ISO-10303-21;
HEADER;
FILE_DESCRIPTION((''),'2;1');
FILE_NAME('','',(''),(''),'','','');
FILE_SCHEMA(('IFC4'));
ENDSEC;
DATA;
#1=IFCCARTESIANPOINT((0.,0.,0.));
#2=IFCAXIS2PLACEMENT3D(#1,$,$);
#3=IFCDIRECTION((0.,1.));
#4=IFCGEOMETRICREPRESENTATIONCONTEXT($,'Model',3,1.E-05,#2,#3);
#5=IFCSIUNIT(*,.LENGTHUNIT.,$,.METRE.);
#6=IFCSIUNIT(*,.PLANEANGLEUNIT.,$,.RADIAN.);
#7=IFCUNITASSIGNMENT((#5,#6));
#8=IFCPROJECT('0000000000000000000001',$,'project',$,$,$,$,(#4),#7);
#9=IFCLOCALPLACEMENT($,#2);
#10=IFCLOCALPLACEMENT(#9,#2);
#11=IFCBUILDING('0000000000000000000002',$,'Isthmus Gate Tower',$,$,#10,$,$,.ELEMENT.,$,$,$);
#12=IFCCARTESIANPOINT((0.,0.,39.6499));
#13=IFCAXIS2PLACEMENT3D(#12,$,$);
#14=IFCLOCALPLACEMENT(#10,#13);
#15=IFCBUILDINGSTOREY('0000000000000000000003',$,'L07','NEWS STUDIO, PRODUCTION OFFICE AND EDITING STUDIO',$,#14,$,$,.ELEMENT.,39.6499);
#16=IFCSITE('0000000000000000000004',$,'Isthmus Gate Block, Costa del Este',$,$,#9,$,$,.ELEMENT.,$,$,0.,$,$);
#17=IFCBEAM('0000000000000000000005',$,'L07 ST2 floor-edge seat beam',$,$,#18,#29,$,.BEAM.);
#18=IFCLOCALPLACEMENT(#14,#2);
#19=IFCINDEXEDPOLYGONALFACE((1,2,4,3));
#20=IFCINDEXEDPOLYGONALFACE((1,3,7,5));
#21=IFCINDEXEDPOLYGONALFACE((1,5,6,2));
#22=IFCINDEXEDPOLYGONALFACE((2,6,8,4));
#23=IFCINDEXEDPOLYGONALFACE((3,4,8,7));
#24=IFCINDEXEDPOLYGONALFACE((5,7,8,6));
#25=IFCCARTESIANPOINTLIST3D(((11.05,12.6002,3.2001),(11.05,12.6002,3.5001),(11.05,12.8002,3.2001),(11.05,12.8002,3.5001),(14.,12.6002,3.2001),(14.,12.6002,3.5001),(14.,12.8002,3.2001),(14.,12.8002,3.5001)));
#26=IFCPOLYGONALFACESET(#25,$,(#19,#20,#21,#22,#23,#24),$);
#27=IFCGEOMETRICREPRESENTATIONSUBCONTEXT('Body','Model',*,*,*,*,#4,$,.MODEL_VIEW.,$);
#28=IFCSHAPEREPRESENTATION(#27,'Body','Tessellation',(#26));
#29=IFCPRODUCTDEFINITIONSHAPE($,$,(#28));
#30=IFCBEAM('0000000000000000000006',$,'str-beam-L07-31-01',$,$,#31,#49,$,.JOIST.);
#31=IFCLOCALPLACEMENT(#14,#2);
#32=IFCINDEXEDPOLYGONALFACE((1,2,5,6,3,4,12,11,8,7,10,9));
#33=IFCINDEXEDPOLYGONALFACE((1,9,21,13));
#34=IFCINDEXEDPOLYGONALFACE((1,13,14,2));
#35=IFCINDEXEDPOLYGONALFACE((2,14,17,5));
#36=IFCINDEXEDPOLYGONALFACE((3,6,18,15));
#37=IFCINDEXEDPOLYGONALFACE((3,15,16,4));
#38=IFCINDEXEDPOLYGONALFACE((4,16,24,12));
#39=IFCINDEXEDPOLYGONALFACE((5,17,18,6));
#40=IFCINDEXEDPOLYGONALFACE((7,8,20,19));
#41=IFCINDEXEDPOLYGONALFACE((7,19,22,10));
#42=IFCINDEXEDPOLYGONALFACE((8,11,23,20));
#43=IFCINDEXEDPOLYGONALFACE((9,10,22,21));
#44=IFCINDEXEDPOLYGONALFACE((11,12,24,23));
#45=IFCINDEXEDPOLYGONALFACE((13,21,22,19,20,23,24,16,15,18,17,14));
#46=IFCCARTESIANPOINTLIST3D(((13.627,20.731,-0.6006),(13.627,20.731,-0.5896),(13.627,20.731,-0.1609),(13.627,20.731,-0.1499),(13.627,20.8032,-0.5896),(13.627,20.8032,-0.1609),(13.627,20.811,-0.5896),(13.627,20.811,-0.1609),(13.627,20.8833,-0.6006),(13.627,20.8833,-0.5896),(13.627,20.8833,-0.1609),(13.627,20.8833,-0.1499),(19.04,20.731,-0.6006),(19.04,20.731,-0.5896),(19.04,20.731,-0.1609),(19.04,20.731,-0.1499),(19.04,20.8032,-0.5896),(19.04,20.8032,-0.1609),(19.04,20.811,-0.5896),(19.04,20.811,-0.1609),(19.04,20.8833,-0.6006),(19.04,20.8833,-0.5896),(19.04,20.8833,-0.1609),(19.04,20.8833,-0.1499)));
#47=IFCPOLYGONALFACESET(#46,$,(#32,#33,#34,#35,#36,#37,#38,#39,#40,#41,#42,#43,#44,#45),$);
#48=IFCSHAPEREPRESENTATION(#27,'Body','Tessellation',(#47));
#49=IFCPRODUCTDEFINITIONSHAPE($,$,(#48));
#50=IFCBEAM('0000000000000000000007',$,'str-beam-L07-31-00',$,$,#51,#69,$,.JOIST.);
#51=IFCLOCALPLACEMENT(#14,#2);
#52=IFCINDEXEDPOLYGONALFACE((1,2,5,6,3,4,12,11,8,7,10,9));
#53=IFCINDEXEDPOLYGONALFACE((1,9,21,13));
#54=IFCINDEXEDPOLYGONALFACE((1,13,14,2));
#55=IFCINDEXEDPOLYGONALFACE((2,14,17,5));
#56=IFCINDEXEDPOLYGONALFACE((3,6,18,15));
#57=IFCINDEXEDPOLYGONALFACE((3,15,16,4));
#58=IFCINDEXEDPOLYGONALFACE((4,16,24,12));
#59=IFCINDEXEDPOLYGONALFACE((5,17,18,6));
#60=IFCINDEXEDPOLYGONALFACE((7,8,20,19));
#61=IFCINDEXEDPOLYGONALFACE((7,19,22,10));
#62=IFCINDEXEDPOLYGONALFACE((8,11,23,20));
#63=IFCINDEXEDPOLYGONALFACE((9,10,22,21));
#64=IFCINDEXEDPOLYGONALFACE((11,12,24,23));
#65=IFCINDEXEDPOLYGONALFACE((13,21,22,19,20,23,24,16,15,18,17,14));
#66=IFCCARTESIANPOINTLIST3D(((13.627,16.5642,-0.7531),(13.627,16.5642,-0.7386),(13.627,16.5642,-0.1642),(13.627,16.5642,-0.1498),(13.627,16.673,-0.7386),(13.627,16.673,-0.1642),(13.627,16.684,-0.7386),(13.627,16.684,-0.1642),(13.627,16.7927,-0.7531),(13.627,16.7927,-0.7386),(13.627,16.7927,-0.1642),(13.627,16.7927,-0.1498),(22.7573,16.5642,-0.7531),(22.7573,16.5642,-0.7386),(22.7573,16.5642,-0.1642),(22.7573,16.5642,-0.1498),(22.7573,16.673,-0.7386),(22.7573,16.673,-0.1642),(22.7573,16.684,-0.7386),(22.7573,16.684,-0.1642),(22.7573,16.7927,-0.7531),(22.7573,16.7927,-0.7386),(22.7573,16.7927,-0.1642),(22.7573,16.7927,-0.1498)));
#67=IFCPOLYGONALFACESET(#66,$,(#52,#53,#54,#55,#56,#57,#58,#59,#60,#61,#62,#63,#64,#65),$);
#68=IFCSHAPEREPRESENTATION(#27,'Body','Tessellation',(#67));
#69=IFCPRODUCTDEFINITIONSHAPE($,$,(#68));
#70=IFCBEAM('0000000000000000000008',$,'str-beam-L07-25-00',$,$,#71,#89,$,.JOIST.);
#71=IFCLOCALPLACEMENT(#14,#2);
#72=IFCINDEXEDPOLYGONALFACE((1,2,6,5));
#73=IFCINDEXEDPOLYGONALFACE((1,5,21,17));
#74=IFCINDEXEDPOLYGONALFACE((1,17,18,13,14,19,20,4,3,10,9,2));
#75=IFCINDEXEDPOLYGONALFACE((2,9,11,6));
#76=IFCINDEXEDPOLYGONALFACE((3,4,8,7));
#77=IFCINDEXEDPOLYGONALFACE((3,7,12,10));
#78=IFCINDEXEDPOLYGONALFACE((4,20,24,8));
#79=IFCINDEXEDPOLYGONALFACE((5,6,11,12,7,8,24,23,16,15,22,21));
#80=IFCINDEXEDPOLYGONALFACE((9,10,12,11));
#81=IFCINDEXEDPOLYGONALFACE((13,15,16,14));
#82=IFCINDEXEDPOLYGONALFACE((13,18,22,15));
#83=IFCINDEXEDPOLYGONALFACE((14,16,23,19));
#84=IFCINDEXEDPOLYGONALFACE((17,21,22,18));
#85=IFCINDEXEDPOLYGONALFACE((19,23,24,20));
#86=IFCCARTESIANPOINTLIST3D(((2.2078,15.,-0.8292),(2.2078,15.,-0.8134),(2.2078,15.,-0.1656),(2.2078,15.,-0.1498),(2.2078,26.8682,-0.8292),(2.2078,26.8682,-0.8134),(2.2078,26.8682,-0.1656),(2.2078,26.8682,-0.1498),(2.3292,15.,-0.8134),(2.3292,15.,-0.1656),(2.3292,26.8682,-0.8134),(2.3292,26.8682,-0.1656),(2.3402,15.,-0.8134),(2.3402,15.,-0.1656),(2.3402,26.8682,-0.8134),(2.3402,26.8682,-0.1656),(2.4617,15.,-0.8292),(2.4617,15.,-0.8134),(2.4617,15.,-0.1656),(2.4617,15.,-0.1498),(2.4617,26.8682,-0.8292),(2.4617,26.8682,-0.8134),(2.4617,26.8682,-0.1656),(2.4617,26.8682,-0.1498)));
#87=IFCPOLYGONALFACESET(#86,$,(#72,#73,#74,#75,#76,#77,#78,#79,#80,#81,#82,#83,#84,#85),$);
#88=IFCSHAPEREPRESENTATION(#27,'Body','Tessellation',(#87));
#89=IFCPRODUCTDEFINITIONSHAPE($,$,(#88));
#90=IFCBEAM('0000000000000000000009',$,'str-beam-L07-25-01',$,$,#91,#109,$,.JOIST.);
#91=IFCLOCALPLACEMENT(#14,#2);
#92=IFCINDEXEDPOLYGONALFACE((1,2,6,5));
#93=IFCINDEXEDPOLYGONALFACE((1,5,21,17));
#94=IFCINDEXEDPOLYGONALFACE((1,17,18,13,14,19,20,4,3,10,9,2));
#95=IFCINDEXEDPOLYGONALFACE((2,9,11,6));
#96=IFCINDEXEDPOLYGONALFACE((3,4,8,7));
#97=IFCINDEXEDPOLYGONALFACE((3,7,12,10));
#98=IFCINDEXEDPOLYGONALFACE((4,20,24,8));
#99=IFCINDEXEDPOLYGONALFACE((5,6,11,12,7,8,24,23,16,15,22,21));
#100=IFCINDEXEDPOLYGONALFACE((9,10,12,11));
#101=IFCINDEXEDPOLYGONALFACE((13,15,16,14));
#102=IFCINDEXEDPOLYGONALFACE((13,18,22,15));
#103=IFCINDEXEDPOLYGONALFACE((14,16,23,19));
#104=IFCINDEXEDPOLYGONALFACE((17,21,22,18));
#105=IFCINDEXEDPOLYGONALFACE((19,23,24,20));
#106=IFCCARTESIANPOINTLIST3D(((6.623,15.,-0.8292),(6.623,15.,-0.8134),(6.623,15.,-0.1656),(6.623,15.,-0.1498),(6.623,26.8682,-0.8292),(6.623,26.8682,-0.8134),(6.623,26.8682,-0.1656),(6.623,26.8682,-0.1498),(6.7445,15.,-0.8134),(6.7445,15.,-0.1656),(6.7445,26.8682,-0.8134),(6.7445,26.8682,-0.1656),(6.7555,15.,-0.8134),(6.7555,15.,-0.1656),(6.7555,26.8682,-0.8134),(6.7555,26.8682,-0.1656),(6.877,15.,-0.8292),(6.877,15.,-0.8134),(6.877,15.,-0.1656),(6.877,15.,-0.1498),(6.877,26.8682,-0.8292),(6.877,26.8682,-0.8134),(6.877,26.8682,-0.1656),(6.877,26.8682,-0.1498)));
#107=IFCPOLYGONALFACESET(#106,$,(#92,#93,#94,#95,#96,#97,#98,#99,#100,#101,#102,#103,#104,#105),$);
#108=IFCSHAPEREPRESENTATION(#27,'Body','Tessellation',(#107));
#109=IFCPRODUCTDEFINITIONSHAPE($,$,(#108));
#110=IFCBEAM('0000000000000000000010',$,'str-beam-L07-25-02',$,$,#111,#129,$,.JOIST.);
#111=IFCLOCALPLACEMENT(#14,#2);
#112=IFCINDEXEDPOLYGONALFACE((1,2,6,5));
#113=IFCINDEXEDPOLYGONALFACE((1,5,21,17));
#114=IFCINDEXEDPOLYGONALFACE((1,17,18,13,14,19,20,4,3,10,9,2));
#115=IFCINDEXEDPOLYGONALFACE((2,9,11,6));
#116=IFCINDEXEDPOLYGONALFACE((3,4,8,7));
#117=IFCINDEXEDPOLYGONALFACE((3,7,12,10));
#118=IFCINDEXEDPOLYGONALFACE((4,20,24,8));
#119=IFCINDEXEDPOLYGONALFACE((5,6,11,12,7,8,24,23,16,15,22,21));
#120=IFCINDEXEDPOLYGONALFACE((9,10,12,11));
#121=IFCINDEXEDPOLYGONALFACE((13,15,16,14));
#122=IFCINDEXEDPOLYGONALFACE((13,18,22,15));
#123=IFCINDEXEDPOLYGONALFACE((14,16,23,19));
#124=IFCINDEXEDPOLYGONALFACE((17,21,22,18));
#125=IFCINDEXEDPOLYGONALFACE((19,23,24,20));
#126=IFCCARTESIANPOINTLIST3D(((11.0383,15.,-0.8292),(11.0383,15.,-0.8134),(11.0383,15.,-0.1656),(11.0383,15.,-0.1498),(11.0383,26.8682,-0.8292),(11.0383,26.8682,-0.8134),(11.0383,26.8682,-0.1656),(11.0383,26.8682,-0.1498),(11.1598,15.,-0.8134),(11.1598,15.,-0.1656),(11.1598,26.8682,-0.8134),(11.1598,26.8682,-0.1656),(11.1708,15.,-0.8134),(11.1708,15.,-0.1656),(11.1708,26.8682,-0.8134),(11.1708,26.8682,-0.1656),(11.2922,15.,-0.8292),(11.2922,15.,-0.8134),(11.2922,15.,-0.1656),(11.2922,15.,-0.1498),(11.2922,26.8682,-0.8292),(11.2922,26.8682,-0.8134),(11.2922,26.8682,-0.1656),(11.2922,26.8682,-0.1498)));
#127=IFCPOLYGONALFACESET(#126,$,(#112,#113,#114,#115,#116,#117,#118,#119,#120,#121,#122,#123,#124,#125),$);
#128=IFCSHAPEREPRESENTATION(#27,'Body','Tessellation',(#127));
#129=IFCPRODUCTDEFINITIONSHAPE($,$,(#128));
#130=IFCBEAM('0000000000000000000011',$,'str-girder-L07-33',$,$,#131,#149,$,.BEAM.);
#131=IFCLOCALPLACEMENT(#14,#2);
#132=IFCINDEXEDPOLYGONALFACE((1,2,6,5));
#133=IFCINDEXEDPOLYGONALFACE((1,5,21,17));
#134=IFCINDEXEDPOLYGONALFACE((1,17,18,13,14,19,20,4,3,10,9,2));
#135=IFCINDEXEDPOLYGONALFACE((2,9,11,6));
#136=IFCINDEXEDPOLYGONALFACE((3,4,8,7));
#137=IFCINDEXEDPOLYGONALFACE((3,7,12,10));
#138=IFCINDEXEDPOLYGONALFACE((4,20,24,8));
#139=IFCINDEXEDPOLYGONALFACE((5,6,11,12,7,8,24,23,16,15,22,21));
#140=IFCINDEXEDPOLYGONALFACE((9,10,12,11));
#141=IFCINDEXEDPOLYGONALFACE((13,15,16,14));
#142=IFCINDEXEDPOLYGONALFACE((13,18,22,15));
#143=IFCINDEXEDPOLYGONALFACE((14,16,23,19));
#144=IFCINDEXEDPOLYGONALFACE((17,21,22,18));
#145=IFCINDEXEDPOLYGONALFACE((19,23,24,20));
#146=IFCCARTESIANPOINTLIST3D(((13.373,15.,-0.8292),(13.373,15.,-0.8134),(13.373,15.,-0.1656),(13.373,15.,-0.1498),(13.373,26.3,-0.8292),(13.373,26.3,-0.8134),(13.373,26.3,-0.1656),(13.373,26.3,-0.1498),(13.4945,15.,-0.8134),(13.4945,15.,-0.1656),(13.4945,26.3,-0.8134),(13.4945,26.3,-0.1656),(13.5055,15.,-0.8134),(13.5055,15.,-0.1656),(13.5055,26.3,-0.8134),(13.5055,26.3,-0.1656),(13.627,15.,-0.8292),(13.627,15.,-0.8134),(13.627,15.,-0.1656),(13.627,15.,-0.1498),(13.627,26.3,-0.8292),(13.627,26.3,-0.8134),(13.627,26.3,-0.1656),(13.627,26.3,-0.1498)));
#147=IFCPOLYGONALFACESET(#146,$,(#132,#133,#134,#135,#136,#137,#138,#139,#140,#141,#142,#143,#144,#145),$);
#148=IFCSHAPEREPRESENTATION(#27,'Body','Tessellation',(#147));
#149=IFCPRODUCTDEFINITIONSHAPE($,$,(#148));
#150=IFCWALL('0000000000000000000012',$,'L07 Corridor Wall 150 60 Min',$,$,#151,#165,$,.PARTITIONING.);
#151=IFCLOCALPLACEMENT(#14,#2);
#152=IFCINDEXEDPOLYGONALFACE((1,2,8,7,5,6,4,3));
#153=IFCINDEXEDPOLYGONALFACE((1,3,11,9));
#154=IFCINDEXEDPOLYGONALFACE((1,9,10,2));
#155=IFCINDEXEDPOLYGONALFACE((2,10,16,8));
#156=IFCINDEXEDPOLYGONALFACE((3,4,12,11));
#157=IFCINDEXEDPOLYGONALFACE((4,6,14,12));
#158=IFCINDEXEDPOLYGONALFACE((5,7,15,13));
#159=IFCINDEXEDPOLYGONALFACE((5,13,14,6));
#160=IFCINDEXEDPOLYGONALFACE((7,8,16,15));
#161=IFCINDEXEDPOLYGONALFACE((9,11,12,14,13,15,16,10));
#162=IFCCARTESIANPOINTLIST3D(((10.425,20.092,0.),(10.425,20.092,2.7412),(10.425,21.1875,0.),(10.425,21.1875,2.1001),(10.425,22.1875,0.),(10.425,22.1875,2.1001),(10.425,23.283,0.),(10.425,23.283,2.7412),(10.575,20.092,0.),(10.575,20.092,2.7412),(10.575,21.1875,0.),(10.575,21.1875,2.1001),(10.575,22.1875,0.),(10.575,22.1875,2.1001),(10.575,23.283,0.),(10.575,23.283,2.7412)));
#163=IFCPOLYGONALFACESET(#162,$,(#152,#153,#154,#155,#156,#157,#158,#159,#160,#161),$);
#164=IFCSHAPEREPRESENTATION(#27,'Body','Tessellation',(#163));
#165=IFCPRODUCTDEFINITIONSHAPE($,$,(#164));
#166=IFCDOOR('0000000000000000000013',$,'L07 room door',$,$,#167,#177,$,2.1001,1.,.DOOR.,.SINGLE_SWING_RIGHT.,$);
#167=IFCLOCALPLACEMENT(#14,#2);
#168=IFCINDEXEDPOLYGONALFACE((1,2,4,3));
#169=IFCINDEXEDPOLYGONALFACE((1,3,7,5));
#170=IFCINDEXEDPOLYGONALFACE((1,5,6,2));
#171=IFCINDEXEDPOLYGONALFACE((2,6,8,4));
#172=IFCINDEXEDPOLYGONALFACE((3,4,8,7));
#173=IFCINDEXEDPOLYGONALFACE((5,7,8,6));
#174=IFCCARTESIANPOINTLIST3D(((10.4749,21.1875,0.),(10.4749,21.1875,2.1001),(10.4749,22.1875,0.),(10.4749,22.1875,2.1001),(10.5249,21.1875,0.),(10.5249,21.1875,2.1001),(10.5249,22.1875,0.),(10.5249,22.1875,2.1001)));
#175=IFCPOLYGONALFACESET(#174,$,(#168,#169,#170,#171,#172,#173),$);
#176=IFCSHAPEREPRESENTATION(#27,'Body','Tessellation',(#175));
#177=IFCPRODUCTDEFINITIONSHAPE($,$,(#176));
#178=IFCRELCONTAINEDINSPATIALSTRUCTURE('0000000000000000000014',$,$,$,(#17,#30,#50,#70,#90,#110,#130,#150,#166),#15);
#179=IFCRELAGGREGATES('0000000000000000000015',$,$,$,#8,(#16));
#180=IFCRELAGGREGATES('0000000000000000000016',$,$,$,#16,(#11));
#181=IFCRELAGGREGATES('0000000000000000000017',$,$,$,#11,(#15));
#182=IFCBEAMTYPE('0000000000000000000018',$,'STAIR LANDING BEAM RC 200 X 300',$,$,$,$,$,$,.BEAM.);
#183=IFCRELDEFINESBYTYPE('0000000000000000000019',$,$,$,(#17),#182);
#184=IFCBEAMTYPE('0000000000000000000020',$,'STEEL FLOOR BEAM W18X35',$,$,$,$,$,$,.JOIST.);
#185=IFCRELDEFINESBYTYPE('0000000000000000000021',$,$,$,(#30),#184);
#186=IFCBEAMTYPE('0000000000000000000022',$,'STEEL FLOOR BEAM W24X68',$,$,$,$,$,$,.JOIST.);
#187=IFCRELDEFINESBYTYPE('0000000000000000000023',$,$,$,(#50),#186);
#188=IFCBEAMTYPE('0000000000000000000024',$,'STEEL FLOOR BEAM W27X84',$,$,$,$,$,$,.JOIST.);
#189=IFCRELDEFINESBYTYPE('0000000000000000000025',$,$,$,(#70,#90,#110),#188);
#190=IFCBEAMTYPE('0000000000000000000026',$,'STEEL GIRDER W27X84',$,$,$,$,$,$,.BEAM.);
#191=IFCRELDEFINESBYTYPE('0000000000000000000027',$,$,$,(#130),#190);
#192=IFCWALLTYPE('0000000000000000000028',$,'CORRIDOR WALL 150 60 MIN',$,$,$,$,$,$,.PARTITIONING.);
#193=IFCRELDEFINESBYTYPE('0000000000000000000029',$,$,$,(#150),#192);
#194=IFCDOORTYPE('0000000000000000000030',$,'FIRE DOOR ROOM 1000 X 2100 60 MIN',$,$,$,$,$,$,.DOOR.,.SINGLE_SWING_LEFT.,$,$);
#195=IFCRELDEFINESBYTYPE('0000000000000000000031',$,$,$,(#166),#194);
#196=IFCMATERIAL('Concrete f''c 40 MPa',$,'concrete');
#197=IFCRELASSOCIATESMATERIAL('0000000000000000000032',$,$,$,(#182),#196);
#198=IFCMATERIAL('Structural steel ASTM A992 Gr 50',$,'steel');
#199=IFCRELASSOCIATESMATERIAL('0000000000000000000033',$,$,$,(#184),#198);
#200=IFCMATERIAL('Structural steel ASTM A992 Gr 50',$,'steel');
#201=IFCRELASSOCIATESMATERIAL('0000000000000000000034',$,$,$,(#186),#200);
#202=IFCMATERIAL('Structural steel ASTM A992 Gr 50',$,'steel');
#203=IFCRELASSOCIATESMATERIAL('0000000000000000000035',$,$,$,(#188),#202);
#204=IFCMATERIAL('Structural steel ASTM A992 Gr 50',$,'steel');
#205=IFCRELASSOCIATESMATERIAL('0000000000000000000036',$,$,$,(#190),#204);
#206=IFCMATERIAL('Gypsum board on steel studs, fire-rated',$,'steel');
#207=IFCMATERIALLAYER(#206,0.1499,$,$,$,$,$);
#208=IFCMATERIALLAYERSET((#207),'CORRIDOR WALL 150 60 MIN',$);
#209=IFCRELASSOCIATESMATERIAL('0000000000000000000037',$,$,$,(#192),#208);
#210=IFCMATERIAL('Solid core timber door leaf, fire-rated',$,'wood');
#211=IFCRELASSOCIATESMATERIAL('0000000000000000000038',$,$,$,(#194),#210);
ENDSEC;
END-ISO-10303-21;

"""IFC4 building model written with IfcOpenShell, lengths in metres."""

from ifc_helpers import new_model, si_unit, direction, frame, frame_2d, origin, origin_2d, place, context, subcontext, project, spatial, rectangle, i_section, extrude, material, layer, layer_set, material_profile, profile_set, type_object, element, fill, save


model = new_model("IFC4")

# Units and contexts
model_context = context("Model", 3, precision=1e-05, world=origin(), true_north=direction((0.0, 1.0)))
body_context = subcontext(model_context, "Body", "Model", "MODEL_VIEW")
ifc_project = project(units=[si_unit("LENGTHUNIT", "METRE"), si_unit("PLANEANGLEUNIT", "RADIAN")], contexts=[model_context])

# Site, building, storey
site_placement = place(None, origin())
site = spatial("IfcSite", under=ifc_project, at=site_placement, Name="Isthmus Gate Block, Costa del Este", CompositionType="ELEMENT", RefElevation=0.0)
building_placement = place(site_placement, origin())
building = spatial("IfcBuilding", under=site, at=building_placement, Name="Isthmus Gate Tower", CompositionType="ELEMENT")
storey_placement = place(building_placement, frame((0.0, 0.0, 39.6499)))
storey = spatial("IfcBuildingStorey", under=building, at=storey_placement, Name="L07", Description="NEWS STUDIO, PRODUCTION OFFICE AND EDITING STUDIO", CompositionType="ELEMENT", Elevation=39.6499)

# Beams
ifc_material_1 = material(Name="Concrete f'c 40 MPa", Category="concrete")
ifc_material_profile_1 = material_profile(ifc_material_1, rectangle(XDim=0.2, YDim=0.3, at=origin_2d()), Name="STAIR LANDING BEAM RC 200 X 300")
ifc_profile_set_1 = profile_set([ifc_material_profile_1], Name="Concrete f'c 40 MPa")
beam_type_1 = type_object("IfcBeamType", Name="STAIR LANDING BEAM RC 200 X 300", PredefinedType="BEAM", material=ifc_profile_set_1)
beam_1_placement = place(storey_placement, frame((11.05, 12.7002, 3.3501), z_axis=(1.0, 0.0, 0.0), x_axis=(0.0, 1.0, 0.0)))
element("IfcBeam", 1, at=beam_1_placement, inside=storey, type_object=beam_type_1, Name="L07 ST2 floor-edge seat beam", PredefinedType="BEAM", context=body_context, shape_type="SweptSolid", body=[
    extrude(rectangle(XDim=0.2, YDim=0.3, at=origin_2d()), origin(), (0.0, 0.0, 1.0), 2.95),
])
ifc_material_2 = material(Name="Structural steel ASTM A992 Gr 50", Category="steel")
ifc_material_profile_2 = material_profile(ifc_material_2, i_section(OverallWidth=0.1523, OverallDepth=0.4507, WebThickness=0.0078, FlangeThickness=0.011, at=origin_2d()), Name="W18X35")
ifc_profile_set_2 = profile_set([ifc_material_profile_2], Name="Structural steel ASTM A992 Gr 50")
beam_type_2 = type_object("IfcBeamType", Name="STEEL FLOOR BEAM W18X35", PredefinedType="JOIST", material=ifc_profile_set_2)
beam_2_placement = place(storey_placement, frame((13.627, 20.8071, -0.3752), z_axis=(1.0, 0.0, 0.0), x_axis=(0.0, 1.0, 0.0)))
element("IfcBeam", 2, at=beam_2_placement, inside=storey, type_object=beam_type_2, Name="str-beam-L07-31-01", PredefinedType="JOIST", context=body_context, shape_type="SweptSolid", body=[
    extrude(i_section(OverallWidth=0.1523, OverallDepth=0.4507, WebThickness=0.0078, FlangeThickness=0.011, at=origin_2d()), origin(), (0.0, 0.0, 1.0), 5.4131),
])
ifc_material_3 = material(Name="Structural steel ASTM A992 Gr 50", Category="steel")
ifc_material_profile_3 = material_profile(ifc_material_3, i_section(OverallWidth=0.2285, OverallDepth=0.6033, WebThickness=0.011, FlangeThickness=0.0144, at=origin_2d()), Name="W24X68")
ifc_profile_set_3 = profile_set([ifc_material_profile_3], Name="Structural steel ASTM A992 Gr 50")
beam_type_3 = type_object("IfcBeamType", Name="STEEL FLOOR BEAM W24X68", PredefinedType="JOIST", material=ifc_profile_set_3)
beam_3_placement = place(storey_placement, frame((13.627, 16.6785, -0.4514), z_axis=(1.0, 0.0, 0.0), x_axis=(0.0, 1.0, 0.0)))
element("IfcBeam", 3, at=beam_3_placement, inside=storey, type_object=beam_type_3, Name="str-beam-L07-31-00", PredefinedType="JOIST", context=body_context, shape_type="SweptSolid", body=[
    extrude(i_section(OverallWidth=0.2285, OverallDepth=0.6033, WebThickness=0.011, FlangeThickness=0.0144, at=origin_2d()), origin(), (0.0, 0.0, 1.0), 9.1304),
])
ifc_material_4 = material(Name="Structural steel ASTM A992 Gr 50", Category="steel")
ifc_material_profile_4 = material_profile(ifc_material_4, i_section(OverallWidth=0.2539, OverallDepth=0.6794, WebThickness=0.011, FlangeThickness=0.0159, at=origin_2d()), Name="W27X84")
ifc_profile_set_4 = profile_set([ifc_material_profile_4], Name="Structural steel ASTM A992 Gr 50")
beam_type_4 = type_object("IfcBeamType", Name="STEEL FLOOR BEAM W27X84", PredefinedType="JOIST", material=ifc_profile_set_4)
for number, where, z_axis, x_axis, name in (
    (4, (2.3347, 15.0, -0.4895), (0.0, 1.0, 0.0), (-1.0, 0.0, 0.0), "str-beam-L07-25-00"),
    (5, (6.75, 15.0, -0.4895), (0.0, 1.0, 0.0), (-1.0, 0.0, 0.0), "str-beam-L07-25-01"),
    (6, (11.1653, 15.0, -0.4895), (0.0, 1.0, 0.0), (-1.0, 0.0, 0.0), "str-beam-L07-25-02"),
):
    element("IfcBeam", number, at=place(storey_placement, frame(where, z_axis=z_axis, x_axis=x_axis)), inside=storey, type_object=beam_type_4, Name=name, PredefinedType="JOIST", context=body_context, shape_type="SweptSolid", body=[
        extrude(i_section(OverallWidth=0.2539, OverallDepth=0.6794, WebThickness=0.011, FlangeThickness=0.0159, at=origin_2d()), origin(), (0.0, 0.0, 1.0), 11.8682),
    ])
ifc_material_5 = material(Name="Structural steel ASTM A992 Gr 50", Category="steel")
ifc_material_profile_5 = material_profile(ifc_material_5, i_section(OverallWidth=0.2539, OverallDepth=0.6794, WebThickness=0.011, FlangeThickness=0.0159, at=origin_2d()), Name="W27X84")
ifc_profile_set_5 = profile_set([ifc_material_profile_5], Name="Structural steel ASTM A992 Gr 50")
beam_type_5 = type_object("IfcBeamType", Name="STEEL GIRDER W27X84", PredefinedType="BEAM", material=ifc_profile_set_5)
beam_4_placement = place(storey_placement, frame((13.5, 15.0, -0.4895), z_axis=(0.0, 1.0, 0.0), x_axis=(-1.0, 0.0, 0.0)))
element("IfcBeam", 7, at=beam_4_placement, inside=storey, type_object=beam_type_5, Name="str-girder-L07-33", PredefinedType="BEAM", context=body_context, shape_type="SweptSolid", body=[
    extrude(i_section(OverallWidth=0.2539, OverallDepth=0.6794, WebThickness=0.011, FlangeThickness=0.0159, at=origin_2d()), origin(), (0.0, 0.0, 1.0), 11.3),
])

# Wall, opening, door
ifc_material_6 = material(Name="Gypsum board on steel studs, fire-rated", Category="steel")
ifc_layer_1 = layer(ifc_material_6, 0.1499)
ifc_layer_set_1 = layer_set([ifc_layer_1], Name="CORRIDOR WALL 150 60 MIN")
wall_type_1 = type_object("IfcWallType", Name="CORRIDOR WALL 150 60 MIN", PredefinedType="PARTITIONING", material=ifc_layer_set_1)
wall_1_placement = place(storey_placement, frame((10.5, 23.283, 0.0), z_axis=(0.0, 0.0, 1.0), x_axis=(0.0, -1.0, 0.0)))
wall_1 = element("IfcWall", 8, at=wall_1_placement, inside=storey, type_object=wall_type_1, Name="L07 Corridor Wall 150 60 Min", PredefinedType="PARTITIONING", context=body_context, shape_type="SweptSolid", body=[
    extrude(rectangle(XDim=3.1909, YDim=0.1499, at=frame_2d((1.5955, 0.0))), origin(), (0.0, 0.0, 1.0), 2.7412),
])
opening_1_placement = place(wall_1_placement, frame((1.0955, 0.0, 0.0)))
opening_1 = element("IfcOpeningElement", 9, at=opening_1_placement, cuts=wall_1, PredefinedType="OPENING", context=body_context, shape_type="SweptSolid", body=[
    extrude(rectangle(XDim=1.0, YDim=2.1001, at=frame_2d((0.5, 1.05))), frame((0.0, 0.085, 0.0), z_axis=(0.0, -1.0, 0.0), x_axis=(1.0, 0.0, 0.0)), (0.0, 0.0, 1.0), 0.1699),
])
ifc_material_7 = material(Name="Solid core timber door leaf, fire-rated", Category="wood")
door_type = type_object("IfcDoorType", Name="FIRE DOOR ROOM 1000 X 2100 60 MIN", OperationType="SINGLE_SWING_LEFT", PredefinedType="DOOR", material=ifc_material_7)
door_1_placement = place(opening_1_placement, origin())
door_1 = element("IfcDoor", 10, at=door_1_placement, inside=storey, type_object=door_type, Name="L07 room door", OperationType="SINGLE_SWING_RIGHT", OverallHeight=2.1001, OverallWidth=1.0, PredefinedType="DOOR", context=body_context, shape_type="SweptSolid", body=[
    extrude(rectangle(XDim=1.0, YDim=2.1001, at=frame_2d((0.5, 1.05))), frame((0.0, 0.0249, 0.0), z_axis=(0.0, -1.0, 0.0), x_axis=(1.0, 0.0, 0.0)), (0.0, 0.0, 1.0), 0.05),
])
fill(opening_1, door_1)

save(model, "model.ifc")
